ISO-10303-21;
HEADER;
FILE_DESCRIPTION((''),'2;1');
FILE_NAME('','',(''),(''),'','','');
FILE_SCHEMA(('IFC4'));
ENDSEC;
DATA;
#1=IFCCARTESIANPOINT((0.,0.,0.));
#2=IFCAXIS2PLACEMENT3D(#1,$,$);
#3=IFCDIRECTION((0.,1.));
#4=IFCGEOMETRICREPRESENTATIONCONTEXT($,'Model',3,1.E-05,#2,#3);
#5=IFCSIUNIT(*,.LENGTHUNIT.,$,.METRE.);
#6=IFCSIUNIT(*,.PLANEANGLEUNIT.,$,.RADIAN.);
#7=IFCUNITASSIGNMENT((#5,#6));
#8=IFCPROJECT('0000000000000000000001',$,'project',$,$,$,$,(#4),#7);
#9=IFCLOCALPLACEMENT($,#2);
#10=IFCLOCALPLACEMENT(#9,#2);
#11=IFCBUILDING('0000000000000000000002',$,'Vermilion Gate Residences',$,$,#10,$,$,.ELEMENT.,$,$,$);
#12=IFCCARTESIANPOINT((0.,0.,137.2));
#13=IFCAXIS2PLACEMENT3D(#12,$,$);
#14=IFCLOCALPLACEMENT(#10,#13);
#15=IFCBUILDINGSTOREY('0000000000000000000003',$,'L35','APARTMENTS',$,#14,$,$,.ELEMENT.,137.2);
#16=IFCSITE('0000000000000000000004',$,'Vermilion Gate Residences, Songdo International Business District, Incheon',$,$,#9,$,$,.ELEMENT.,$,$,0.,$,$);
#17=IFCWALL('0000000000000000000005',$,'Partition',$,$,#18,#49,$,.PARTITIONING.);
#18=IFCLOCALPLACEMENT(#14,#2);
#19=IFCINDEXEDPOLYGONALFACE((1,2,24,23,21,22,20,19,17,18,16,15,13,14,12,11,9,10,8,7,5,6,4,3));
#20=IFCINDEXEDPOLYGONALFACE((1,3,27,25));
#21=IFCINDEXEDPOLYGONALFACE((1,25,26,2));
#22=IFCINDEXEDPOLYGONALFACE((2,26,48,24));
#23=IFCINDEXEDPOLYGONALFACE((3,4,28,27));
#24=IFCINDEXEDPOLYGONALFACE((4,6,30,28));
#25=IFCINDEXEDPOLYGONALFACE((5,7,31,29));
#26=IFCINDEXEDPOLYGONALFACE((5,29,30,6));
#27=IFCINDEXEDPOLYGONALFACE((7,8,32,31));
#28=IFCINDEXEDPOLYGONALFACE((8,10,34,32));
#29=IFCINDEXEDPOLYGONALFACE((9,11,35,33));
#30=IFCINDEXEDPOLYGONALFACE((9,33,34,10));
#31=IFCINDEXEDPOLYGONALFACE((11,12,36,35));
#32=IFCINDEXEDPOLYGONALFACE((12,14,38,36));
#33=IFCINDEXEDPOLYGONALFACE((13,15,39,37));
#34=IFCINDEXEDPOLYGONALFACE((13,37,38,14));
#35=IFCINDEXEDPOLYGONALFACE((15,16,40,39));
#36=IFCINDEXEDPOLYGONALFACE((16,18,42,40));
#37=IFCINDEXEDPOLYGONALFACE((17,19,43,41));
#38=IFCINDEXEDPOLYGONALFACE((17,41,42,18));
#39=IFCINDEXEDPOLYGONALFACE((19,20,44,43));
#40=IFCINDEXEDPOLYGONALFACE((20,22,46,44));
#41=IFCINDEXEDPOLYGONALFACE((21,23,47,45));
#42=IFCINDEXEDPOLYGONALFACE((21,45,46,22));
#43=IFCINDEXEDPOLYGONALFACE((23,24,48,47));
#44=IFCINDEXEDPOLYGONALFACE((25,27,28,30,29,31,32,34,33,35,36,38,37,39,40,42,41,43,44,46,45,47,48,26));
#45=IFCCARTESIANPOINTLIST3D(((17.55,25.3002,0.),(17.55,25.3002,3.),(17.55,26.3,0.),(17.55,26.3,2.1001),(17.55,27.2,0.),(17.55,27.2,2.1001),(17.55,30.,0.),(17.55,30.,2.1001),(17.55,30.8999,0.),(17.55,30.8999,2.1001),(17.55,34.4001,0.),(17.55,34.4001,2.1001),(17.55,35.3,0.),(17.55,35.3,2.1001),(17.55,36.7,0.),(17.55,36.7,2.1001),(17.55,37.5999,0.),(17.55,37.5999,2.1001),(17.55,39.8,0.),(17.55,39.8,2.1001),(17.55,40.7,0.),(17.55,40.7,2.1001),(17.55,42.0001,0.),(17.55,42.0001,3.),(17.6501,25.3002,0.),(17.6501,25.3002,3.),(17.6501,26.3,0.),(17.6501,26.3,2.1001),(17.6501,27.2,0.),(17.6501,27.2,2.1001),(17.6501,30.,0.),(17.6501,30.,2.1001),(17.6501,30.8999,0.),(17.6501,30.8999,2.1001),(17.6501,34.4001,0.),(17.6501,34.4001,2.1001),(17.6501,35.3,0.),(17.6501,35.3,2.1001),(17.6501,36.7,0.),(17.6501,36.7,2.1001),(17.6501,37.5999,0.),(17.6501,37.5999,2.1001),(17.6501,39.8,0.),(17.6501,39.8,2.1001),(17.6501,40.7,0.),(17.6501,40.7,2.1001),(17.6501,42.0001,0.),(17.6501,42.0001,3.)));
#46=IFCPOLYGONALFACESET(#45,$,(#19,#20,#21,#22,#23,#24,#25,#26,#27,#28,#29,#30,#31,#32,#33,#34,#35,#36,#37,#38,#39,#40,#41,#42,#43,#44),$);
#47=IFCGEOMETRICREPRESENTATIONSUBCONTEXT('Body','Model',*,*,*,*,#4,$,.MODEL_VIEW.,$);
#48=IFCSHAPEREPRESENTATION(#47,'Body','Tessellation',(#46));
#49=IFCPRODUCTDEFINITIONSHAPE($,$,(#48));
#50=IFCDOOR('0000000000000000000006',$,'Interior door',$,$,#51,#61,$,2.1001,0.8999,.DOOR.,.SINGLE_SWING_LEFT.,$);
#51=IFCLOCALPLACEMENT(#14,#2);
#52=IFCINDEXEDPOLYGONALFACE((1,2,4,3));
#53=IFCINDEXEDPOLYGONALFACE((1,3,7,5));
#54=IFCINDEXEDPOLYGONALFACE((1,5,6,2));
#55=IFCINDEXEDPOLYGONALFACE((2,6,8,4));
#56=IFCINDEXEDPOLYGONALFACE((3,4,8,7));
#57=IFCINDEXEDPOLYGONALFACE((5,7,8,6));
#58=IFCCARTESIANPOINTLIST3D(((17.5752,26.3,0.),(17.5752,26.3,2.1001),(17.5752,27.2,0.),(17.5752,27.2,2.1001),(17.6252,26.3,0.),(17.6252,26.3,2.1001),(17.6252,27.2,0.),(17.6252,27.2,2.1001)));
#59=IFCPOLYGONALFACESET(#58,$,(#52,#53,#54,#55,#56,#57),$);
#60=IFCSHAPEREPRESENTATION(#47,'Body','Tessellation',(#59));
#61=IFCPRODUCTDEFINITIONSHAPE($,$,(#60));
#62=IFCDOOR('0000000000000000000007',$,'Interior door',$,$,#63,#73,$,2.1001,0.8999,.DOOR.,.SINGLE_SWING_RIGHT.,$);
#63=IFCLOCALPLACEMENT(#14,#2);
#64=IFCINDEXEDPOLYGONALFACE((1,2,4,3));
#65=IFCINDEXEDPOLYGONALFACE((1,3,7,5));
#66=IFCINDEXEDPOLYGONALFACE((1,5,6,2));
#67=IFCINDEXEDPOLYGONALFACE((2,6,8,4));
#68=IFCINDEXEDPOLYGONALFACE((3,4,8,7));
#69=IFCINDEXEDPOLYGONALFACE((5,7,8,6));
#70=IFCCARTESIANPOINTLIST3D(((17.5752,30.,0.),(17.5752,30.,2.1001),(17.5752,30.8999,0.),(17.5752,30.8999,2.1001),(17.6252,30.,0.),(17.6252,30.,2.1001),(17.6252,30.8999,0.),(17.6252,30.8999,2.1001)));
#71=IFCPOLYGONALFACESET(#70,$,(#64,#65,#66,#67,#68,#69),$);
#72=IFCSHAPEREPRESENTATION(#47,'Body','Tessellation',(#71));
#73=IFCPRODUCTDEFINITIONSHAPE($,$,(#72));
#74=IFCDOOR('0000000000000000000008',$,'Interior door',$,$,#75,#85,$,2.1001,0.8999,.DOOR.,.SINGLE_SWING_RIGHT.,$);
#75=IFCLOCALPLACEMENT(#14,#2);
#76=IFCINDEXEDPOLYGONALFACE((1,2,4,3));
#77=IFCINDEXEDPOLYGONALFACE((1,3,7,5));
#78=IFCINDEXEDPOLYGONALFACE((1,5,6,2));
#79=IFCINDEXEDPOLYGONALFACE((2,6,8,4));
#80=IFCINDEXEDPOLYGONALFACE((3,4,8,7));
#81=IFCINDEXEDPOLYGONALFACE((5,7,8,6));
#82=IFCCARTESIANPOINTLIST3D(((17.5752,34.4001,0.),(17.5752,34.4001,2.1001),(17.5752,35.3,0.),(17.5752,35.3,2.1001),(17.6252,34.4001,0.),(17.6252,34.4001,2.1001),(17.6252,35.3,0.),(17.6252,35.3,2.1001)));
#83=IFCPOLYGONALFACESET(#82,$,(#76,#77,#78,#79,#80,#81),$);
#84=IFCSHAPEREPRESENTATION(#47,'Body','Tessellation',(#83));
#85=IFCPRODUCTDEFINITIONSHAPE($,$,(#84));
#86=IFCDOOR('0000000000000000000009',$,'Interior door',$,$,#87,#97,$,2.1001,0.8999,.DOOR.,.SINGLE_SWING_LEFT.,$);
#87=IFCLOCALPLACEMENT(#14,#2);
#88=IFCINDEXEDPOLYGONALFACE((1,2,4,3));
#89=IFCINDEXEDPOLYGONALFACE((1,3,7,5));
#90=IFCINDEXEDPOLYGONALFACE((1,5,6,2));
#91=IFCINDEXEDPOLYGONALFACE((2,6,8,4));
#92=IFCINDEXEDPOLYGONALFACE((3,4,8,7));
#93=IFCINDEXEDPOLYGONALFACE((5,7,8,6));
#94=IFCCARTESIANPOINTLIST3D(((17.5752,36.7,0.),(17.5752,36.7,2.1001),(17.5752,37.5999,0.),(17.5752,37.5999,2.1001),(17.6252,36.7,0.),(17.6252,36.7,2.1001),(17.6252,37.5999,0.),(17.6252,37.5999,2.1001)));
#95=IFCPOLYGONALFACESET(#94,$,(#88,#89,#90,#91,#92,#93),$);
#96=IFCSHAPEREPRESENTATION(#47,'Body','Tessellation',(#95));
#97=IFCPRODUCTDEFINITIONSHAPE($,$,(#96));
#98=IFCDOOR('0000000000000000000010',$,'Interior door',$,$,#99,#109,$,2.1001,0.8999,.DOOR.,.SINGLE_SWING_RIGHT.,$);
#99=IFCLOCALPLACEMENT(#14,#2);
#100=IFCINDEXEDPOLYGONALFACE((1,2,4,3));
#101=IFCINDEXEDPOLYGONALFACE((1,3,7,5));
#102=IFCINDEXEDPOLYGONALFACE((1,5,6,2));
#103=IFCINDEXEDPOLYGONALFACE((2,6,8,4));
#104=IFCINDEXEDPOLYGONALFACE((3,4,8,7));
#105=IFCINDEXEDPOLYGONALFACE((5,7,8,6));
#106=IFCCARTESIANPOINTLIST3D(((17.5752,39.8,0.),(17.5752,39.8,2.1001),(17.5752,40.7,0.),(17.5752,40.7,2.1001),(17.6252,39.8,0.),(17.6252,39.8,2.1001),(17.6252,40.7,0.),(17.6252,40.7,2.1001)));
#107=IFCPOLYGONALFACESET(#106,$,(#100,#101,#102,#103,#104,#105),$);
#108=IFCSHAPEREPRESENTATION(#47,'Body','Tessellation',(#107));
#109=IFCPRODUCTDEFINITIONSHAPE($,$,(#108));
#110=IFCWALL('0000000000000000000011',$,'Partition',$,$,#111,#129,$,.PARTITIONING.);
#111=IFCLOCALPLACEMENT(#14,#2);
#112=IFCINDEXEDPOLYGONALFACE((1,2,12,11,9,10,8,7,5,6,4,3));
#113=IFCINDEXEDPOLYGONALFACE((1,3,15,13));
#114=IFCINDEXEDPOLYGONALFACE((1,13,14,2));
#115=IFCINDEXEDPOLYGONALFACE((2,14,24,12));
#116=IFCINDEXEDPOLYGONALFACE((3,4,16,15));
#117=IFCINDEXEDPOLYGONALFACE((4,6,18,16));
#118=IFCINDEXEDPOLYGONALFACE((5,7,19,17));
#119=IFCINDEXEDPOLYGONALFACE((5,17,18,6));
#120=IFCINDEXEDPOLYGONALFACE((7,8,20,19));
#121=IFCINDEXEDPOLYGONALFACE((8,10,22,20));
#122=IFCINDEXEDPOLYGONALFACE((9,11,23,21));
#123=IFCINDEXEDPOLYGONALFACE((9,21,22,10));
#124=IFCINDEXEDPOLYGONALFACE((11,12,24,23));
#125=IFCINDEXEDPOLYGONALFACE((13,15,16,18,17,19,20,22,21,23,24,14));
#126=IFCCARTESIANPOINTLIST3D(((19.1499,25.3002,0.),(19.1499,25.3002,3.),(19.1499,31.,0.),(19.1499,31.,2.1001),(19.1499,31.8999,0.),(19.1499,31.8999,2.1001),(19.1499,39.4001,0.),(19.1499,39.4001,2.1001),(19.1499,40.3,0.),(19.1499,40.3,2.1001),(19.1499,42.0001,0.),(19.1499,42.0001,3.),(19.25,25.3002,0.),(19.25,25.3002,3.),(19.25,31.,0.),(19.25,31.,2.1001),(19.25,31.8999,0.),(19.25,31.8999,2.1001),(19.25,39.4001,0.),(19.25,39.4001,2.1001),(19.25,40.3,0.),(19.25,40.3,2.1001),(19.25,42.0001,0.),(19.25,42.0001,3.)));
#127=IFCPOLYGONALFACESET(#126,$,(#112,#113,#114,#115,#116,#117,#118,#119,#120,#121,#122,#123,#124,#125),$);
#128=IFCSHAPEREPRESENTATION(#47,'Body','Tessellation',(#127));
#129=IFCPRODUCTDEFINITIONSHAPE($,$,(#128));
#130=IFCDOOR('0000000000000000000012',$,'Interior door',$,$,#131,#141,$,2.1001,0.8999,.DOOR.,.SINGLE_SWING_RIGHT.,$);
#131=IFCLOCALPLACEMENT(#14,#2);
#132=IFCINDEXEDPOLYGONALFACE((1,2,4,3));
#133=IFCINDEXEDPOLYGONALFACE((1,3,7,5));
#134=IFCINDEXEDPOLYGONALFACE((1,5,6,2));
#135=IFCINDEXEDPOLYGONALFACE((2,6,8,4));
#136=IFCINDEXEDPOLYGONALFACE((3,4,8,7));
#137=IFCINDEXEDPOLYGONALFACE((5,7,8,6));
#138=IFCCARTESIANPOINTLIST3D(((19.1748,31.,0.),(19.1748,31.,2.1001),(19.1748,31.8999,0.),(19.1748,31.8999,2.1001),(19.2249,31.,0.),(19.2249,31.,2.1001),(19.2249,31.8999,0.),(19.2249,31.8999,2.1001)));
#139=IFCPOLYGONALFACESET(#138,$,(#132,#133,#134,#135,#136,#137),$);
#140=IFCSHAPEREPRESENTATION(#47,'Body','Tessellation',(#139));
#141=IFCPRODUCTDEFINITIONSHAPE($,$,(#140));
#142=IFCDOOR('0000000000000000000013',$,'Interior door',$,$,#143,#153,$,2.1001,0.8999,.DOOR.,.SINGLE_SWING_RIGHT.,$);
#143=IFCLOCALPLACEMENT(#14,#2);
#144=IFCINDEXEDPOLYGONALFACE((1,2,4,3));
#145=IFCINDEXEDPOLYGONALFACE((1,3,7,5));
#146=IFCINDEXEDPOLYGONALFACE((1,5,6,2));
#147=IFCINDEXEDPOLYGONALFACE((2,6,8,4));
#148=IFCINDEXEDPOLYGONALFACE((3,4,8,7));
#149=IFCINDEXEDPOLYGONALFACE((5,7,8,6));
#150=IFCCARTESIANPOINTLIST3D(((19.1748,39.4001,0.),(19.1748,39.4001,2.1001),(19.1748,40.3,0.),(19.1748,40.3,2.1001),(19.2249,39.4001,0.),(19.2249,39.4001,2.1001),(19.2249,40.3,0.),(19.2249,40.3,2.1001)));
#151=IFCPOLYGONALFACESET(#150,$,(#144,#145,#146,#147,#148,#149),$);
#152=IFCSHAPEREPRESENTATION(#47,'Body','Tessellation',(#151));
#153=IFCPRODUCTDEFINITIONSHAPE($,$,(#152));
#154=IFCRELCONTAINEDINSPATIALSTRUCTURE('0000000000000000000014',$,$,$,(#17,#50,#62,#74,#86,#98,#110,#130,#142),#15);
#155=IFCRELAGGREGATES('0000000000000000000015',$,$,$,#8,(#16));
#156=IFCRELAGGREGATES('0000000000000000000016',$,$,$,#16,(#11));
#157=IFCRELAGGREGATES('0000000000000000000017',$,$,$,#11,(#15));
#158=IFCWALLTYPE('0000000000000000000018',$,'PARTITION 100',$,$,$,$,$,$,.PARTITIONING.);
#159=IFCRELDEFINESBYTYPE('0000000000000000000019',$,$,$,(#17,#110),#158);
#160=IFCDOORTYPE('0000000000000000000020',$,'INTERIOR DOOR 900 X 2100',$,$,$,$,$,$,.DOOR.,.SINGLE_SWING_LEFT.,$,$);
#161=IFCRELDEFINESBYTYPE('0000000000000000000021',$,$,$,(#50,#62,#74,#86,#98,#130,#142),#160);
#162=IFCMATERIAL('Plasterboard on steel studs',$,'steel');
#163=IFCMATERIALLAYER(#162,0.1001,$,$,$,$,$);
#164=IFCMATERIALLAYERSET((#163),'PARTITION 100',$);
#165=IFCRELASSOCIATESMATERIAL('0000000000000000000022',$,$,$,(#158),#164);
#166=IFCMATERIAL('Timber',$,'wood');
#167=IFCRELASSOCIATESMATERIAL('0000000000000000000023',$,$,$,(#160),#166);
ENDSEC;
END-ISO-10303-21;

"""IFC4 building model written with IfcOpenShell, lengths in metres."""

from ifc_helpers import new_model, si_unit, direction, frame, frame_2d, origin, place, context, subcontext, project, spatial, rectangle, extrude, material, layer, layer_set, type_object, element, fill, save


model = new_model("IFC4")

# Units and contexts
model_context = context("Model", 3, precision=1e-05, world=origin(), true_north=direction((0.0, 1.0)))
body_context = subcontext(model_context, "Body", "Model", "MODEL_VIEW")
ifc_project = project(units=[si_unit("LENGTHUNIT", "METRE"), si_unit("PLANEANGLEUNIT", "RADIAN")], contexts=[model_context])

# Site, building, storey
site_placement = place(None, origin())
site = spatial("IfcSite", under=ifc_project, at=site_placement, Name="Vermilion Gate Residences, Songdo International Business District, Incheon", CompositionType="ELEMENT", RefElevation=0.0)
building_placement = place(site_placement, origin())
building = spatial("IfcBuilding", under=site, at=building_placement, Name="Vermilion Gate Residences", CompositionType="ELEMENT")
storey_placement = place(building_placement, frame((0.0, 0.0, 137.2)))
storey = spatial("IfcBuildingStorey", under=building, at=storey_placement, Name="L35", Description="APARTMENTS", CompositionType="ELEMENT", Elevation=137.2)

# Shared definitions
ifc_material_1 = material(Name="Plasterboard on steel studs", Category="steel")
ifc_layer_1 = layer(ifc_material_1, 0.1001)
ifc_layer_set_1 = layer_set([ifc_layer_1], Name="PARTITION 100")
wall_type = type_object("IfcWallType", Name="PARTITION 100", PredefinedType="PARTITIONING", material=ifc_layer_set_1)

# Walls, openings, doors
wall_1_placement = place(storey_placement, frame((17.6001, 25.3, 0.0), z_axis=(0.0, 0.0, 1.0), x_axis=(0.0, 1.0, 0.0)))
wall_1 = element("IfcWall", 1, at=wall_1_placement, inside=storey, type_object=wall_type, Name="Partition", PredefinedType="PARTITIONING", context=body_context, shape_type="SweptSolid", body=[
    extrude(rectangle(XDim=16.7, YDim=0.1001, at=frame_2d((8.3501, 0.0))), origin(), (0.0, 0.0, 1.0), 3.0),
])
opening_1_placement = place(wall_1_placement, frame((1.0, 0.0, 0.0)))
opening_1 = element("IfcOpeningElement", 2, at=opening_1_placement, cuts=wall_1, PredefinedType="OPENING", context=body_context, shape_type="SweptSolid", body=[
    extrude(rectangle(XDim=0.8999, YDim=2.1001, at=frame_2d((0.45, 1.05))), frame((0.0, 0.0601, 0.0), z_axis=(0.0, -1.0, 0.0), x_axis=(1.0, 0.0, 0.0)), (0.0, 0.0, 1.0), 0.1201),
])
opening_2_placement = place(wall_1_placement, frame((4.7, 0.0, 0.0)))
opening_2 = element("IfcOpeningElement", 3, at=opening_2_placement, cuts=wall_1, PredefinedType="OPENING", context=body_context, shape_type="SweptSolid", body=[
    extrude(rectangle(XDim=0.8999, YDim=2.1001, at=frame_2d((0.45, 1.05))), frame((0.0, 0.0601, 0.0), z_axis=(0.0, -1.0, 0.0), x_axis=(1.0, 0.0, 0.0)), (0.0, 0.0, 1.0), 0.1201),
])
opening_3_placement = place(wall_1_placement, frame((9.1001, 0.0, 0.0)))
opening_3 = element("IfcOpeningElement", 4, at=opening_3_placement, cuts=wall_1, PredefinedType="OPENING", context=body_context, shape_type="SweptSolid", body=[
    extrude(rectangle(XDim=0.8999, YDim=2.1001, at=frame_2d((0.45, 1.05))), frame((0.0, 0.0601, 0.0), z_axis=(0.0, -1.0, 0.0), x_axis=(1.0, 0.0, 0.0)), (0.0, 0.0, 1.0), 0.1201),
])
opening_4_placement = place(wall_1_placement, frame((11.3999, 0.0, 0.0)))
opening_4 = element("IfcOpeningElement", 5, at=opening_4_placement, cuts=wall_1, PredefinedType="OPENING", context=body_context, shape_type="SweptSolid", body=[
    extrude(rectangle(XDim=0.8999, YDim=2.1001, at=frame_2d((0.45, 1.05))), frame((0.0, 0.0601, 0.0), z_axis=(0.0, -1.0, 0.0), x_axis=(1.0, 0.0, 0.0)), (0.0, 0.0, 1.0), 0.1201),
])
opening_5_placement = place(wall_1_placement, frame((14.5, 0.0, 0.0)))
opening_5 = element("IfcOpeningElement", 6, at=opening_5_placement, cuts=wall_1, PredefinedType="OPENING", context=body_context, shape_type="SweptSolid", body=[
    extrude(rectangle(XDim=0.8999, YDim=2.1001, at=frame_2d((0.45, 1.05))), frame((0.0, 0.0601, 0.0), z_axis=(0.0, -1.0, 0.0), x_axis=(1.0, 0.0, 0.0)), (0.0, 0.0, 1.0), 0.1201),
])
ifc_material_2 = material(Name="Timber", Category="wood")
door_type = type_object("IfcDoorType", Name="INTERIOR DOOR 900 X 2100", OperationType="SINGLE_SWING_LEFT", PredefinedType="DOOR", material=ifc_material_2)
door_1_placement = place(opening_1_placement, origin())
door_1 = element("IfcDoor", 7, at=door_1_placement, inside=storey, type_object=door_type, Name="Interior door", OperationType="SINGLE_SWING_LEFT", OverallHeight=2.1001, OverallWidth=0.8999, PredefinedType="DOOR", context=body_context, shape_type="SweptSolid", body=[
    extrude(rectangle(XDim=0.8999, YDim=2.1001, at=frame_2d((0.45, 1.05))), frame((0.0, 0.0249, 0.0), z_axis=(0.0, -1.0, 0.0), x_axis=(1.0, 0.0, 0.0)), (0.0, 0.0, 1.0), 0.05),
])
fill(opening_1, door_1)
door_2_placement = place(opening_2_placement, origin())
door_2 = element("IfcDoor", 8, at=door_2_placement, inside=storey, type_object=door_type, Name="Interior door", OperationType="SINGLE_SWING_RIGHT", OverallHeight=2.1001, OverallWidth=0.8999, PredefinedType="DOOR", context=body_context, shape_type="SweptSolid", body=[
    extrude(rectangle(XDim=0.8999, YDim=2.1001, at=frame_2d((0.45, 1.05))), frame((0.0, 0.0249, 0.0), z_axis=(0.0, -1.0, 0.0), x_axis=(1.0, 0.0, 0.0)), (0.0, 0.0, 1.0), 0.05),
])
fill(opening_2, door_2)
door_3_placement = place(opening_3_placement, origin())
door_3 = element("IfcDoor", 9, at=door_3_placement, inside=storey, type_object=door_type, Name="Interior door", OperationType="SINGLE_SWING_RIGHT", OverallHeight=2.1001, OverallWidth=0.8999, PredefinedType="DOOR", context=body_context, shape_type="SweptSolid", body=[
    extrude(rectangle(XDim=0.8999, YDim=2.1001, at=frame_2d((0.45, 1.05))), frame((0.0, 0.0249, 0.0), z_axis=(0.0, -1.0, 0.0), x_axis=(1.0, 0.0, 0.0)), (0.0, 0.0, 1.0), 0.05),
])
fill(opening_3, door_3)
door_4_placement = place(opening_4_placement, origin())
door_4 = element("IfcDoor", 10, at=door_4_placement, inside=storey, type_object=door_type, Name="Interior door", OperationType="SINGLE_SWING_LEFT", OverallHeight=2.1001, OverallWidth=0.8999, PredefinedType="DOOR", context=body_context, shape_type="SweptSolid", body=[
    extrude(rectangle(XDim=0.8999, YDim=2.1001, at=frame_2d((0.45, 1.05))), frame((0.0, 0.0249, 0.0), z_axis=(0.0, -1.0, 0.0), x_axis=(1.0, 0.0, 0.0)), (0.0, 0.0, 1.0), 0.05),
])
fill(opening_4, door_4)
door_5_placement = place(opening_5_placement, origin())
door_5 = element("IfcDoor", 11, at=door_5_placement, inside=storey, type_object=door_type, Name="Interior door", OperationType="SINGLE_SWING_RIGHT", OverallHeight=2.1001, OverallWidth=0.8999, PredefinedType="DOOR", context=body_context, shape_type="SweptSolid", body=[
    extrude(rectangle(XDim=0.8999, YDim=2.1001, at=frame_2d((0.45, 1.05))), frame((0.0, 0.0249, 0.0), z_axis=(0.0, -1.0, 0.0), x_axis=(1.0, 0.0, 0.0)), (0.0, 0.0, 1.0), 0.05),
])
fill(opening_5, door_5)
wall_2_placement = place(storey_placement, frame((19.2, 25.3, 0.0), z_axis=(0.0, 0.0, 1.0), x_axis=(0.0, 1.0, 0.0)))
wall_2 = element("IfcWall", 12, at=wall_2_placement, inside=storey, type_object=wall_type, Name="Partition", PredefinedType="PARTITIONING", context=body_context, shape_type="SweptSolid", body=[
    extrude(rectangle(XDim=16.7, YDim=0.1001, at=frame_2d((8.3501, 0.0))), origin(), (0.0, 0.0, 1.0), 3.0),
])
opening_6_placement = place(wall_2_placement, frame((5.7, 0.0, 0.0)))
opening_6 = element("IfcOpeningElement", 13, at=opening_6_placement, cuts=wall_2, PredefinedType="OPENING", context=body_context, shape_type="SweptSolid", body=[
    extrude(rectangle(XDim=0.8999, YDim=2.1001, at=frame_2d((0.45, 1.05))), frame((0.0, 0.0601, 0.0), z_axis=(0.0, -1.0, 0.0), x_axis=(1.0, 0.0, 0.0)), (0.0, 0.0, 1.0), 0.1201),
])
opening_7_placement = place(wall_2_placement, frame((14.1001, 0.0, 0.0)))
opening_7 = element("IfcOpeningElement", 14, at=opening_7_placement, cuts=wall_2, PredefinedType="OPENING", context=body_context, shape_type="SweptSolid", body=[
    extrude(rectangle(XDim=0.8999, YDim=2.1001, at=frame_2d((0.45, 1.05))), frame((0.0, 0.0601, 0.0), z_axis=(0.0, -1.0, 0.0), x_axis=(1.0, 0.0, 0.0)), (0.0, 0.0, 1.0), 0.1201),
])
door_6_placement = place(opening_6_placement, frame((0.8999, 0.0, 0.0), z_axis=(0.0, 0.0, 1.0), x_axis=(-1.0, 0.0, 0.0)))
door_6 = element("IfcDoor", 15, at=door_6_placement, inside=storey, type_object=door_type, Name="Interior door", OperationType="SINGLE_SWING_RIGHT", OverallHeight=2.1001, OverallWidth=0.8999, PredefinedType="DOOR", context=body_context, shape_type="SweptSolid", body=[
    extrude(rectangle(XDim=0.8999, YDim=2.1001, at=frame_2d((0.45, 1.05))), frame((0.0, 0.0249, 0.0), z_axis=(0.0, -1.0, 0.0), x_axis=(1.0, 0.0, 0.0)), (0.0, 0.0, 1.0), 0.05),
])
fill(opening_6, door_6)
door_7_placement = place(opening_7_placement, frame((0.8999, 0.0, 0.0), z_axis=(0.0, 0.0, 1.0), x_axis=(-1.0, 0.0, 0.0)))
door_7 = element("IfcDoor", 16, at=door_7_placement, inside=storey, type_object=door_type, Name="Interior door", OperationType="SINGLE_SWING_RIGHT", OverallHeight=2.1001, OverallWidth=0.8999, PredefinedType="DOOR", context=body_context, shape_type="SweptSolid", body=[
    extrude(rectangle(XDim=0.8999, YDim=2.1001, at=frame_2d((0.45, 1.05))), frame((0.0, 0.0249, 0.0), z_axis=(0.0, -1.0, 0.0), x_axis=(1.0, 0.0, 0.0)), (0.0, 0.0, 1.0), 0.05),
])
fill(opening_7, door_7)

save(model, "model.ifc")
